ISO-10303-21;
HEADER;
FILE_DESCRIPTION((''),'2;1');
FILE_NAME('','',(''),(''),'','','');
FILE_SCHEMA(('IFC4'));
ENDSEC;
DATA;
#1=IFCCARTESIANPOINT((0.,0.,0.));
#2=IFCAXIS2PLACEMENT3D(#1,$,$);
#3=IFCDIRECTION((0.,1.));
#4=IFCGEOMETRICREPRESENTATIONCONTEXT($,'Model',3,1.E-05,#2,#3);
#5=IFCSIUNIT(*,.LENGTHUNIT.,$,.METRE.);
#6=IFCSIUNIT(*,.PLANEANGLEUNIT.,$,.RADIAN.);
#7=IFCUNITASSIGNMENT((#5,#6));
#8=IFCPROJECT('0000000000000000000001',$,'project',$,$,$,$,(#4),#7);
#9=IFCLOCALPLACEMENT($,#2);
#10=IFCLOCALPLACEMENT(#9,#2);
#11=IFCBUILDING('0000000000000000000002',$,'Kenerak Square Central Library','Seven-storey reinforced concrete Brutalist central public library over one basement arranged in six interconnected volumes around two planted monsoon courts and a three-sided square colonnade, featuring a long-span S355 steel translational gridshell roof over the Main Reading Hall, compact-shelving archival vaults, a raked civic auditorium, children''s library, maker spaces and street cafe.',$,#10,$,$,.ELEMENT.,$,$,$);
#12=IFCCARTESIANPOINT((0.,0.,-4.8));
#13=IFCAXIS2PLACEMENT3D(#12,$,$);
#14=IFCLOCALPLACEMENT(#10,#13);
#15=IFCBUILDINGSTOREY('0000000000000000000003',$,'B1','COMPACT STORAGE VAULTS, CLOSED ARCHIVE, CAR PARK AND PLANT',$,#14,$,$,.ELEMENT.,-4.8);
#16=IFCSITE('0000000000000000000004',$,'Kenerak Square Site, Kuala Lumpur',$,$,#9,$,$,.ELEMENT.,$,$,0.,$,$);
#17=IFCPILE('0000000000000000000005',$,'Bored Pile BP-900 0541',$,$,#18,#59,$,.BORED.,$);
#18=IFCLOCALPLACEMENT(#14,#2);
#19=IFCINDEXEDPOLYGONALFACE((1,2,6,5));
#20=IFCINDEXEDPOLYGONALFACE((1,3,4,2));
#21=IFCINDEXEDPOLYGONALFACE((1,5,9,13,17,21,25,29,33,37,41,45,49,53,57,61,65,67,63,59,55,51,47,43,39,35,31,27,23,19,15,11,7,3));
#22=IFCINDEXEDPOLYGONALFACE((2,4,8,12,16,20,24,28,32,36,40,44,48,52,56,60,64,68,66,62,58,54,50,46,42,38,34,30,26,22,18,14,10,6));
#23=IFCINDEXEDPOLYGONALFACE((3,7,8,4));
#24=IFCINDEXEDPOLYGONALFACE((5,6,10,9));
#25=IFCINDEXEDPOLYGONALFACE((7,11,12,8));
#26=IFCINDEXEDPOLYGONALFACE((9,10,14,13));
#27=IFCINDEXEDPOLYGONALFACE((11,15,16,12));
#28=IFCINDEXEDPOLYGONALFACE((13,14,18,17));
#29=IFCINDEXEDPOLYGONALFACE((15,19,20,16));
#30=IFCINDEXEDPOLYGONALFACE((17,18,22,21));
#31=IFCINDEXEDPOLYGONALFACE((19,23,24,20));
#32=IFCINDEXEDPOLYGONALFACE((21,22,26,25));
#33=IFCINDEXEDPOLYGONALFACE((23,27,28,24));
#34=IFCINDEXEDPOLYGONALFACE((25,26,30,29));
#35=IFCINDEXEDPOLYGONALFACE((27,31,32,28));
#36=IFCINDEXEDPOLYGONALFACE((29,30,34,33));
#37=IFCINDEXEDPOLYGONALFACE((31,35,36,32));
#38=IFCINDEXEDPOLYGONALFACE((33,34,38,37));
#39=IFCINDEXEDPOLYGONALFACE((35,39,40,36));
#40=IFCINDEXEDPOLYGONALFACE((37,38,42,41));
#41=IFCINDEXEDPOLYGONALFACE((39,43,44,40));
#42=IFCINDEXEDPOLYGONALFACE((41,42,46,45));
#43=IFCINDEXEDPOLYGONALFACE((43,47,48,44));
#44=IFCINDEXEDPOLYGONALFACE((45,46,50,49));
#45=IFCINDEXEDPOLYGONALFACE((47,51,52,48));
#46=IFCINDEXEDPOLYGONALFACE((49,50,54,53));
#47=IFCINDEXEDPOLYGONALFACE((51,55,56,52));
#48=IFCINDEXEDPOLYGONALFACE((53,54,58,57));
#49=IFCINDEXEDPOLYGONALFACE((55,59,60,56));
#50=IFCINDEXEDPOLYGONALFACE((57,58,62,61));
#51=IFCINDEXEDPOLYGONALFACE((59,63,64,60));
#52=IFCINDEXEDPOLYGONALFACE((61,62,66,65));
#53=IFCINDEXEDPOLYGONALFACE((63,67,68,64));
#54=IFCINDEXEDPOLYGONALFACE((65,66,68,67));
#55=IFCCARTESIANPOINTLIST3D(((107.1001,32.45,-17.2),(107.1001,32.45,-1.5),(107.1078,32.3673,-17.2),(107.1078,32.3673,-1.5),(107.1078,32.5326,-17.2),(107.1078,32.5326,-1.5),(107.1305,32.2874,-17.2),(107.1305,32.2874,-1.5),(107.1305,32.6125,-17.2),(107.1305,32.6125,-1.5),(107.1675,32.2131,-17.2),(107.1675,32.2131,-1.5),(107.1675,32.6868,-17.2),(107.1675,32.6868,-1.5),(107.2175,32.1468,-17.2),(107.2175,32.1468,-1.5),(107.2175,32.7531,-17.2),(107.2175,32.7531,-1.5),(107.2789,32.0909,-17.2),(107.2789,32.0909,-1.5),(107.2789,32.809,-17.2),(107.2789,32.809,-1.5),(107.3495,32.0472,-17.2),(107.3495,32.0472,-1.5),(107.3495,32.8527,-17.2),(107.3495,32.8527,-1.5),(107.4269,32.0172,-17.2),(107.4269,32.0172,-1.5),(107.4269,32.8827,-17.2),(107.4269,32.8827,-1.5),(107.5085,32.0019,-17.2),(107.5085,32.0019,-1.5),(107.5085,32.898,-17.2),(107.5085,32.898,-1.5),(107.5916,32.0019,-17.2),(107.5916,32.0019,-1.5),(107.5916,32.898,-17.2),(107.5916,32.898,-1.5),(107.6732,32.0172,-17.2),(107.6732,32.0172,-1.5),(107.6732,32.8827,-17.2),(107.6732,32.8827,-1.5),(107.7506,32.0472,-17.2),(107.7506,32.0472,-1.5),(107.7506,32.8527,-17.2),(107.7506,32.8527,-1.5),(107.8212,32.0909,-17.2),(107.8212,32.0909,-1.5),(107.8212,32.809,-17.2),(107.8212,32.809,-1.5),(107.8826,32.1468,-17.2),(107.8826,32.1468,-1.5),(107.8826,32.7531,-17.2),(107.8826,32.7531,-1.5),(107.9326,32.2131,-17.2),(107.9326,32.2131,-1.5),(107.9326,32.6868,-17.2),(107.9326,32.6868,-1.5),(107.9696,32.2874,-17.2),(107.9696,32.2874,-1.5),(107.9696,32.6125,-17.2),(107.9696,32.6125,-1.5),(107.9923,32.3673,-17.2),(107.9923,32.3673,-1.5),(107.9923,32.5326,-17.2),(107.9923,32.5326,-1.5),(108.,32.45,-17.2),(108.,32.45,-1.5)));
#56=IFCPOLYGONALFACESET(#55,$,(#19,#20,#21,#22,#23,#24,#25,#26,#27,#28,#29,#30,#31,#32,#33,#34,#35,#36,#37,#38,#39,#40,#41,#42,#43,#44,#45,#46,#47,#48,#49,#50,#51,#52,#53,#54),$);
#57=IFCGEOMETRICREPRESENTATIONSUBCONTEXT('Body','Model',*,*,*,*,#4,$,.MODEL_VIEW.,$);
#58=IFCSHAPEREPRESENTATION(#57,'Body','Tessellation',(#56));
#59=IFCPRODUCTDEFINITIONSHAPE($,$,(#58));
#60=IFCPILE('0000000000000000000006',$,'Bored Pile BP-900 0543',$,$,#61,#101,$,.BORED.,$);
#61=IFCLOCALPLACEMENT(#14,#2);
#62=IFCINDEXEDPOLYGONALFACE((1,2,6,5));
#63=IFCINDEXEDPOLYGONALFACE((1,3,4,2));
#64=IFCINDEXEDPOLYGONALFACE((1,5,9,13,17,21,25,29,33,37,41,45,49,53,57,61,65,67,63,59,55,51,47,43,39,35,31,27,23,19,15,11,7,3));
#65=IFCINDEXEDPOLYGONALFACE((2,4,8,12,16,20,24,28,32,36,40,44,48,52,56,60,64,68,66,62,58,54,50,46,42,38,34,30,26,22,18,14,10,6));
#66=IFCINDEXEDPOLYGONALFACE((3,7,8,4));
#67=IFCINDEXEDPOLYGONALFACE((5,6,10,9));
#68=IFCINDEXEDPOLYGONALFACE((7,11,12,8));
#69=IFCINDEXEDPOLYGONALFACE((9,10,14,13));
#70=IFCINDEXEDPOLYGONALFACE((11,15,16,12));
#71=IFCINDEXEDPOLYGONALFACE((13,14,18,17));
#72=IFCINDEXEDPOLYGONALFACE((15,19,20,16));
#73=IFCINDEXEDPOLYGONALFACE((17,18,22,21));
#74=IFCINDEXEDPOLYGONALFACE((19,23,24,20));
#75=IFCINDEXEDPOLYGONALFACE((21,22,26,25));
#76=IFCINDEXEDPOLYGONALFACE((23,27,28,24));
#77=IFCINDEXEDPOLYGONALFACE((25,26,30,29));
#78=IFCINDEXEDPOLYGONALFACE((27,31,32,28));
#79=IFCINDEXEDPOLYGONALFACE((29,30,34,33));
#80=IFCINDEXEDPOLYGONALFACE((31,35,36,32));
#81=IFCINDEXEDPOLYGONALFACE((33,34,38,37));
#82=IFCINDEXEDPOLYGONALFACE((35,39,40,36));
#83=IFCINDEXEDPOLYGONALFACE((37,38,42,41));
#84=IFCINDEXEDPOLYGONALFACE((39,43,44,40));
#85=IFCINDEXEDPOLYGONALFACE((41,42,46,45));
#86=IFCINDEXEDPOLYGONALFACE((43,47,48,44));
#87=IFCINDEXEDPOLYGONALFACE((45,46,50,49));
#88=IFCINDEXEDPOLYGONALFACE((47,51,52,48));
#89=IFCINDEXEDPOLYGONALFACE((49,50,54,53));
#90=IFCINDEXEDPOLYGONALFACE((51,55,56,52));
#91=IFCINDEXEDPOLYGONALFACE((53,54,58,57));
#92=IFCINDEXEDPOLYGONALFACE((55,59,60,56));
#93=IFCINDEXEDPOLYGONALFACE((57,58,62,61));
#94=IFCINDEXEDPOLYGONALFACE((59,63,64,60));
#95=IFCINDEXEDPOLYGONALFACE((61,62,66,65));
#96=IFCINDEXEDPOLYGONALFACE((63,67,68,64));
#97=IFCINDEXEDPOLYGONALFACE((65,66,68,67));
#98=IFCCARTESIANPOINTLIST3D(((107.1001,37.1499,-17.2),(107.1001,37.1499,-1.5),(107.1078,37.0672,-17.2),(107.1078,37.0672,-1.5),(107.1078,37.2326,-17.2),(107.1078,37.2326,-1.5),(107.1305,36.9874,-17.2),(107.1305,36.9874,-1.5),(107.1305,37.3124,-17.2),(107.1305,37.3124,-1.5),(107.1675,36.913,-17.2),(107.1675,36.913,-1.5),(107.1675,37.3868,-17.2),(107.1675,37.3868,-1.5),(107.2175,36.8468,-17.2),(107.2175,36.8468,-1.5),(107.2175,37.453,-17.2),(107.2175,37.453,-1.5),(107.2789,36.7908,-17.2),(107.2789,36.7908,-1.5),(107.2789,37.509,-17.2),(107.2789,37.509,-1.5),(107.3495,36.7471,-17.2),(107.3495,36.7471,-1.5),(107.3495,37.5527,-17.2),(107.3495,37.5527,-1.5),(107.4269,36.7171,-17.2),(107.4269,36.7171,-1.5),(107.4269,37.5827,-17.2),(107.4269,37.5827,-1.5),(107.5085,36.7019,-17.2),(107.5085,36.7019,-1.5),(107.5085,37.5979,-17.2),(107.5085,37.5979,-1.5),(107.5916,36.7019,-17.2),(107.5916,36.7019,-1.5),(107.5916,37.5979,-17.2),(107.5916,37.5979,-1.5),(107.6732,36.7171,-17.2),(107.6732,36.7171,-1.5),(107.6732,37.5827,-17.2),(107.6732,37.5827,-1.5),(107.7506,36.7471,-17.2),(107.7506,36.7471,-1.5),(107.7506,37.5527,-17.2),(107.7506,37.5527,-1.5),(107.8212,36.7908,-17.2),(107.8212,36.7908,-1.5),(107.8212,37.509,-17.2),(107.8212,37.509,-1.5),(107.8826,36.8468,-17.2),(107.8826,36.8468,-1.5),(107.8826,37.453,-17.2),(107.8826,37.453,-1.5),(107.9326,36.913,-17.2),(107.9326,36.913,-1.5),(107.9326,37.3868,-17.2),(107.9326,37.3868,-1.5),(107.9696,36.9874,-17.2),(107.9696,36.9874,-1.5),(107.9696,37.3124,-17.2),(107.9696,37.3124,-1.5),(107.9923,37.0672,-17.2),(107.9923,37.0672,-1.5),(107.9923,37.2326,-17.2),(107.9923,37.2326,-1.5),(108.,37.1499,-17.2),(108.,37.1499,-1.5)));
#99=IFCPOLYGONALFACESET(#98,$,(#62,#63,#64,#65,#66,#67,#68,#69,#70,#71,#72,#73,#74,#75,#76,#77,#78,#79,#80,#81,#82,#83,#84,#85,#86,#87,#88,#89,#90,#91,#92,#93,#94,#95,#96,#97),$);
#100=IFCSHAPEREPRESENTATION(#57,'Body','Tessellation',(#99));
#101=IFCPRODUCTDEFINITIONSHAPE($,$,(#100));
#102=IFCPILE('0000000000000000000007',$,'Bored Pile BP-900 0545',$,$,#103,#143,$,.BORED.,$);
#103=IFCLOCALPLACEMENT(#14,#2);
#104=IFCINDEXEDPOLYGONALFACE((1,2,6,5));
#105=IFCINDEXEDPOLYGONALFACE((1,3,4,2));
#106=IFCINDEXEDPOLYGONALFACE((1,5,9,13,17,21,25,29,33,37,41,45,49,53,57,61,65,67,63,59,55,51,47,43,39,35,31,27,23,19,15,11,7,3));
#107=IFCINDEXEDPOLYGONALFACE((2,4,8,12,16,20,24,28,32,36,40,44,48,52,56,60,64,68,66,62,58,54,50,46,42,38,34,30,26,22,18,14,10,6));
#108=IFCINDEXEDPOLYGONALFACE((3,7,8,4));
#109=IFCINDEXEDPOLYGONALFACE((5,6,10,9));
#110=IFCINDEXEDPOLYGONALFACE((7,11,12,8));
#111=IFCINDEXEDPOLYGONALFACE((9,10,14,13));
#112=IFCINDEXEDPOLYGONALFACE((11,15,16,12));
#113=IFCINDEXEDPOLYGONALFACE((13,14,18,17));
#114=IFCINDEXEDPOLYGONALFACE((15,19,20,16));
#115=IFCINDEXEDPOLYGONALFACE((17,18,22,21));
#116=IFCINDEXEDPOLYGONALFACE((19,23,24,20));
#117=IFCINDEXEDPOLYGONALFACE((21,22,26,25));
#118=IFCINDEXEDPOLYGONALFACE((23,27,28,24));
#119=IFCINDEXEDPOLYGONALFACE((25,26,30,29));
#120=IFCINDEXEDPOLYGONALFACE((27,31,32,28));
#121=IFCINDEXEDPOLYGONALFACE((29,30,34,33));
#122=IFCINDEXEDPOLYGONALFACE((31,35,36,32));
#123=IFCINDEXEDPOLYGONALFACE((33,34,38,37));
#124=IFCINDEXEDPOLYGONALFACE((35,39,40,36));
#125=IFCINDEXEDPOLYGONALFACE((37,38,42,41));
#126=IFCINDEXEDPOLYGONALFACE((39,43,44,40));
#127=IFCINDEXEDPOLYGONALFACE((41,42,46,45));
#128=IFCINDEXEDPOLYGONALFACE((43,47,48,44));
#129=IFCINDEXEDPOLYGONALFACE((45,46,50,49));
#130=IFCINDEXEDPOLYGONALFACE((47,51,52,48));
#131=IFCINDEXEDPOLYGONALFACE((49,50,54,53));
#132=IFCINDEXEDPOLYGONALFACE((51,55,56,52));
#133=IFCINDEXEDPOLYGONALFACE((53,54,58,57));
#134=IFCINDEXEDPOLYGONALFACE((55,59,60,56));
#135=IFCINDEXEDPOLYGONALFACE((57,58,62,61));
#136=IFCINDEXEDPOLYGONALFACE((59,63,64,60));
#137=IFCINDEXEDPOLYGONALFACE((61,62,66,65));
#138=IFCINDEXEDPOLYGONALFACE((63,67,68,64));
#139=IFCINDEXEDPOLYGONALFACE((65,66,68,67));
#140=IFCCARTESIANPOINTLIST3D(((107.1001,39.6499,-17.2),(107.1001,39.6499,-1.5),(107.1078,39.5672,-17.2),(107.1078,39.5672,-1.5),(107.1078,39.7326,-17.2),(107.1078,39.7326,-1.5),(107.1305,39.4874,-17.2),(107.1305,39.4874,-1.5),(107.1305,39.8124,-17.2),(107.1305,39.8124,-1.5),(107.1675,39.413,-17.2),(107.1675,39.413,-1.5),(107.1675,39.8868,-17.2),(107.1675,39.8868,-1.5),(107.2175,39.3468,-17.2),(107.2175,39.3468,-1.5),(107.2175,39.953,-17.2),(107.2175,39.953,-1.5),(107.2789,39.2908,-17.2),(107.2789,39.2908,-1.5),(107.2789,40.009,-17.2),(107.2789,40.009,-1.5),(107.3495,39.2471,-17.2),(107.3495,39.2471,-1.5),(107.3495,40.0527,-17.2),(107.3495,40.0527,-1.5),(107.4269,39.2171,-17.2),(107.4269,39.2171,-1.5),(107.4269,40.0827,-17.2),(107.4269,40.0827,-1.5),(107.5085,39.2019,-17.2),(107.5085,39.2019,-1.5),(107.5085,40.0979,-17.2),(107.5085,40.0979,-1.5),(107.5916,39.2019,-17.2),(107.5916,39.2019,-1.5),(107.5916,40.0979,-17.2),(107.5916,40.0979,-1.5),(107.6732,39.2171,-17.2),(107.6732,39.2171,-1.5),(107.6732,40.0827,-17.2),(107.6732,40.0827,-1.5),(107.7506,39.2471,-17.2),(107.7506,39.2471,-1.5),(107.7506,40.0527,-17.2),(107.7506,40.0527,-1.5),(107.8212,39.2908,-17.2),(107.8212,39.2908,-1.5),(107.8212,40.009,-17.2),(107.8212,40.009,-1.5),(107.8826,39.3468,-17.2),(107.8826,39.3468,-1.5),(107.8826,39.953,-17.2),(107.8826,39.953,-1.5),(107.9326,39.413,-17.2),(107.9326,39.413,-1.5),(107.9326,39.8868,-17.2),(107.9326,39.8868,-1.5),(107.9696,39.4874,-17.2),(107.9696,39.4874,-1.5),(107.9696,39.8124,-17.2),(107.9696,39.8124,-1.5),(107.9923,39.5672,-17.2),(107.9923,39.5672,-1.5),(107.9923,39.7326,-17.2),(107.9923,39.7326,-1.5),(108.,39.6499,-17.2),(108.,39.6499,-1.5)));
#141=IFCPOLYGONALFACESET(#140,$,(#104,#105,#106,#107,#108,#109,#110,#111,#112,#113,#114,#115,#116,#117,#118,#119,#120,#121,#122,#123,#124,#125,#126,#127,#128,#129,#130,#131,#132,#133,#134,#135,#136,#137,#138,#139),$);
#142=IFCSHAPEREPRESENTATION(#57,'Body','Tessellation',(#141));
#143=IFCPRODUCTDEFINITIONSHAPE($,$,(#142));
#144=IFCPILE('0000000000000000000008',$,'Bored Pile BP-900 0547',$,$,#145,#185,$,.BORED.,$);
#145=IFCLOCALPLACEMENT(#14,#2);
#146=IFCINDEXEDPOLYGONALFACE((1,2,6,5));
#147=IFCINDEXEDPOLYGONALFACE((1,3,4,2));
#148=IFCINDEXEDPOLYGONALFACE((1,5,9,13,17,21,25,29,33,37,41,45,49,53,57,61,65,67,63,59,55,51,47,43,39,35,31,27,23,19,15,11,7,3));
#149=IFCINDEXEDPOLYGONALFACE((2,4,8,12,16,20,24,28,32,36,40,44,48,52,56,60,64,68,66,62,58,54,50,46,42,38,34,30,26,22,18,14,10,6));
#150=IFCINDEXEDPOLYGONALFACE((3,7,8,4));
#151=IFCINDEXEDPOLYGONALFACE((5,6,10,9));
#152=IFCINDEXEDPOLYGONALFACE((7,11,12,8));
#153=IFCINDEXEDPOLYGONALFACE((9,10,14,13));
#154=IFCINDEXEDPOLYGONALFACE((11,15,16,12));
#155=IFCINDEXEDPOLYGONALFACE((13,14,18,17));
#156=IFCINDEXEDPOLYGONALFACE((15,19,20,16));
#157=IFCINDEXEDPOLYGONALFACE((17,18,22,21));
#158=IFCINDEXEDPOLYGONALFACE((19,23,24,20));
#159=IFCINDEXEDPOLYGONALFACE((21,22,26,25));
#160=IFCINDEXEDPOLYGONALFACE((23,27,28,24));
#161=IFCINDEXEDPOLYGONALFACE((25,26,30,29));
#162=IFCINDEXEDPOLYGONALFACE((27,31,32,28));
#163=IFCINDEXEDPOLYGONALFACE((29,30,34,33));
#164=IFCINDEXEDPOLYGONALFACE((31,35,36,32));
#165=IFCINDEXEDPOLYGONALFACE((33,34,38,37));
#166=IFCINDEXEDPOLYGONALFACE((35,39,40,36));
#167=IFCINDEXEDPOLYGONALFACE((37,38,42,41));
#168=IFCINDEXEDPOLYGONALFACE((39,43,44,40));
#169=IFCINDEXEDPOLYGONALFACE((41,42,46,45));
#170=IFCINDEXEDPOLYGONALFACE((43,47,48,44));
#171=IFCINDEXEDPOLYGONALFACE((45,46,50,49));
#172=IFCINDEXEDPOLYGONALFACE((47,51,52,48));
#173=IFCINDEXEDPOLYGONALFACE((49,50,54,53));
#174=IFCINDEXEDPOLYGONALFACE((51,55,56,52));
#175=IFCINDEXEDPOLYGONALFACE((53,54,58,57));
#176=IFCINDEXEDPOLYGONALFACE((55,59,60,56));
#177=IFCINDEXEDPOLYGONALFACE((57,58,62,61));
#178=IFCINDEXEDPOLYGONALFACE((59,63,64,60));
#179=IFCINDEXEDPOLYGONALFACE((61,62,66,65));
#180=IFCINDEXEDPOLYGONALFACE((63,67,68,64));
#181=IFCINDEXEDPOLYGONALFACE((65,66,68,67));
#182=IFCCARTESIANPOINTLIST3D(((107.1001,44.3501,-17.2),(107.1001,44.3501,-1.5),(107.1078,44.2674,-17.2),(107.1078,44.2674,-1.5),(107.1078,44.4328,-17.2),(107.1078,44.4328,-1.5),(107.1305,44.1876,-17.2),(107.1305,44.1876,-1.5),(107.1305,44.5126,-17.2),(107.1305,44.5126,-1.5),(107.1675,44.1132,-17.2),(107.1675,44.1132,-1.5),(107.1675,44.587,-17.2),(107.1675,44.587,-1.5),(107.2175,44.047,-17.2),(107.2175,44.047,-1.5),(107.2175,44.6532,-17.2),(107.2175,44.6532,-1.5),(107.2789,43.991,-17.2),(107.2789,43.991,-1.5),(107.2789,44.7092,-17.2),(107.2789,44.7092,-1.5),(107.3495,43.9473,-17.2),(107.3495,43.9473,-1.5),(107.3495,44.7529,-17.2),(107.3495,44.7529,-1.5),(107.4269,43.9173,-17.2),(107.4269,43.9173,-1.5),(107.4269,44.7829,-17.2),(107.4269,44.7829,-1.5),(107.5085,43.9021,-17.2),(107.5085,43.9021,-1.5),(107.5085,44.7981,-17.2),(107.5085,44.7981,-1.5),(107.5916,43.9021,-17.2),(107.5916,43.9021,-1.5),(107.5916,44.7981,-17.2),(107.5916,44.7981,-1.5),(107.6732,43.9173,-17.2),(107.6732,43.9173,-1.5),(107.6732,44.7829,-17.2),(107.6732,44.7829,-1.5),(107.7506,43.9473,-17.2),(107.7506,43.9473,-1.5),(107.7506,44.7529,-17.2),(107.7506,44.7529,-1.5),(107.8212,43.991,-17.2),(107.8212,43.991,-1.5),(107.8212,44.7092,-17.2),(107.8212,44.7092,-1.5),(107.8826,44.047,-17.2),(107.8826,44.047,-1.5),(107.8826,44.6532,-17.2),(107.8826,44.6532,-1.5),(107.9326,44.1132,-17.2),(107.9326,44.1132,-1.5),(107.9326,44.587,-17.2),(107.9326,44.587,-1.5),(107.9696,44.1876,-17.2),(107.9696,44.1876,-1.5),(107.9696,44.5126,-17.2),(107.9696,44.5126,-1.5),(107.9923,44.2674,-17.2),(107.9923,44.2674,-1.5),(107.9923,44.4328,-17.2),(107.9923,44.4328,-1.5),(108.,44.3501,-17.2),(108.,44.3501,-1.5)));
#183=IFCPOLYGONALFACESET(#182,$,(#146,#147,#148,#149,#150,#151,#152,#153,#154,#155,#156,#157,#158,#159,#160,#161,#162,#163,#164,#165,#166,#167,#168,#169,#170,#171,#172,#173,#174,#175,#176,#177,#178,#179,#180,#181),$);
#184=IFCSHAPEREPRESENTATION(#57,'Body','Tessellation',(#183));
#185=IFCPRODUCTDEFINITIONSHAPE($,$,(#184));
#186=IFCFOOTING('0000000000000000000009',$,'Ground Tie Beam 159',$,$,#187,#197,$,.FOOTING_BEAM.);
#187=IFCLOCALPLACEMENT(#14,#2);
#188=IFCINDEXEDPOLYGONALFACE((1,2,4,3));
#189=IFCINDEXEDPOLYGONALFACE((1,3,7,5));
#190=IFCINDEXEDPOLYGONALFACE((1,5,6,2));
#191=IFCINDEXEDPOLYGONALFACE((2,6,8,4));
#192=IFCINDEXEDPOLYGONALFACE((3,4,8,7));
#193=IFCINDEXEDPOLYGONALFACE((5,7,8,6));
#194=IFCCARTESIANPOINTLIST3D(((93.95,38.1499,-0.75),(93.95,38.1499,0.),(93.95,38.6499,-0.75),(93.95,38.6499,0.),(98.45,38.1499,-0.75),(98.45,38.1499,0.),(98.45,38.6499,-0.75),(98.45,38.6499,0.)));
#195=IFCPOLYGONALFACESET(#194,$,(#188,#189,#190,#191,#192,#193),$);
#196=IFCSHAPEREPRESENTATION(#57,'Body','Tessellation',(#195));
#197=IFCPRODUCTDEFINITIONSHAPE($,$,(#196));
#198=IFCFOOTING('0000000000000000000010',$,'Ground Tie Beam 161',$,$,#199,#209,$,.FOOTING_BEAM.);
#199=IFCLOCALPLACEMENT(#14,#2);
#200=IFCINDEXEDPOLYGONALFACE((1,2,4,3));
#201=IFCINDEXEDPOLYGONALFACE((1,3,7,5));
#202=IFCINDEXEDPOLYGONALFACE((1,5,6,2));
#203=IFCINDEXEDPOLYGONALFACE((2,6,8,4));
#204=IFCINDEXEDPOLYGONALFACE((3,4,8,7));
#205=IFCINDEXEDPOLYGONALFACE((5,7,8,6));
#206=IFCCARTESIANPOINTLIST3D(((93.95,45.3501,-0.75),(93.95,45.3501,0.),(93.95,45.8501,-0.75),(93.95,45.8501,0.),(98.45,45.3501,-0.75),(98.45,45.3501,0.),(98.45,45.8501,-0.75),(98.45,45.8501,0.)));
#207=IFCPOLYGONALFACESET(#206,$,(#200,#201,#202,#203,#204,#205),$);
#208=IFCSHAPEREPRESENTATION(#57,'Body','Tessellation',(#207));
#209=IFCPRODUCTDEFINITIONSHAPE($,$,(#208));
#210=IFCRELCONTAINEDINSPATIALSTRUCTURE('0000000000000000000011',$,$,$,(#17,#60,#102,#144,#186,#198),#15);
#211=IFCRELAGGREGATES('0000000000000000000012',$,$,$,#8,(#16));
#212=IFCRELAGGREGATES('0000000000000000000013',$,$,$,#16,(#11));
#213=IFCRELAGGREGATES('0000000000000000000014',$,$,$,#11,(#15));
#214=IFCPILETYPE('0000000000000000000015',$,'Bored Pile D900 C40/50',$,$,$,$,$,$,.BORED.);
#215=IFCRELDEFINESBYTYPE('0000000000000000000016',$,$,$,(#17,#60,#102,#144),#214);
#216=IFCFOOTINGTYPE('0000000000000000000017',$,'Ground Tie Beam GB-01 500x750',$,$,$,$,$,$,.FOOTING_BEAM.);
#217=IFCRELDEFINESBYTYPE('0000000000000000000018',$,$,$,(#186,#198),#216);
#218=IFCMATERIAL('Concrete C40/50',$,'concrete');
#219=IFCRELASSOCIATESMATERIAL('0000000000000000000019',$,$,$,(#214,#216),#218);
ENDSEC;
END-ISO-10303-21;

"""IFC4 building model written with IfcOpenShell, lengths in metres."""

from ifc_helpers import new_model, si_unit, direction, frame, origin, origin_2d, place, context, subcontext, project, spatial, rectangle, circle, extrude, material, material_profile, profile_set, type_object, element, save


model = new_model("IFC4")

# Units and contexts
model_context = context("Model", 3, precision=1e-05, world=origin(), true_north=direction((0.0, 1.0)))
body_context = subcontext(model_context, "Body", "Model", "MODEL_VIEW")
ifc_project = project(units=[si_unit("LENGTHUNIT", "METRE"), si_unit("PLANEANGLEUNIT", "RADIAN")], contexts=[model_context])

# Site, building, storey
site_placement = place(None, origin())
site = spatial("IfcSite", under=ifc_project, at=site_placement, Name="Kenerak Square Site, Kuala Lumpur", CompositionType="ELEMENT", RefElevation=0.0)
building_placement = place(site_placement, origin())
building = spatial("IfcBuilding", under=site, at=building_placement, Name="Kenerak Square Central Library", Description="Seven-storey reinforced concrete Brutalist central public library over one basement arranged in six interconnected volumes around two planted monsoon courts and a three-sided square colonnade, featuring a long-span S355 steel translational gridshell roof over the Main Reading Hall, compact-shelving archival vaults, a raked civic auditorium, children's library, maker spaces and street cafe.", CompositionType="ELEMENT")
storey_placement = place(building_placement, frame((0.0, 0.0, -4.8)))
storey = spatial("IfcBuildingStorey", under=building, at=storey_placement, Name="B1", Description="COMPACT STORAGE VAULTS, CLOSED ARCHIVE, CAR PARK AND PLANT", CompositionType="ELEMENT", Elevation=-4.8)

# Piles
ifc_material_1 = material(Name="Concrete C40/50", Category="concrete")
ifc_material_profile_1 = material_profile(ifc_material_1, circle(Radius=0.45, at=origin_2d()), Name="BP D900")
ifc_profile_set_1 = profile_set([ifc_material_profile_1], Name="Concrete C40/50")
pile_type = type_object("IfcPileType", Name="Bored Pile D900 C40/50", PredefinedType="BORED", material=ifc_profile_set_1)
for number, where, z_axis, x_axis, name in (
    (1, (107.55, 32.45, -1.5), (0.0, 0.0, -1.0), (1.0, 0.0, 0.0), "Bored Pile BP-900 0541"),
    (2, (107.55, 37.1499, -1.5), (0.0, 0.0, -1.0), (1.0, 0.0, 0.0), "Bored Pile BP-900 0543"),
    (3, (107.55, 39.6499, -1.5), (0.0, 0.0, -1.0), (1.0, 0.0, 0.0), "Bored Pile BP-900 0545"),
    (4, (107.55, 44.3501, -1.5), (0.0, 0.0, -1.0), (1.0, 0.0, 0.0), "Bored Pile BP-900 0547"),
):
    element("IfcPile", number, at=place(storey_placement, frame(where, z_axis=z_axis, x_axis=x_axis)), inside=storey, type_object=pile_type, Name=name, PredefinedType="BORED", context=body_context, shape_type="SweptSolid", body=[
        extrude(circle(Radius=0.45, at=origin_2d()), origin(), (0.0, 0.0, 1.0), 15.7),
    ])

# Footings
footing_type_1 = type_object("IfcFootingType", Name="Ground Tie Beam GB-01 500x750", PredefinedType="FOOTING_BEAM", material=ifc_material_1)
for number, where, z_axis, x_axis, name in (
    (5, (96.2, 38.3999, -0.75), (0.0, 0.0, 1.0), (1.0, 0.0, 0.0), "Ground Tie Beam 159"),
    (6, (96.2, 45.6001, -0.75), (0.0, 0.0, 1.0), (1.0, 0.0, 0.0), "Ground Tie Beam 161"),
):
    element("IfcFooting", number, at=place(storey_placement, frame(where, z_axis=z_axis, x_axis=x_axis)), inside=storey, type_object=footing_type_1, Name=name, PredefinedType="FOOTING_BEAM", context=body_context, shape_type="SweptSolid", body=[
        extrude(rectangle(XDim=4.5, YDim=0.5, at=origin_2d()), origin(), (0.0, 0.0, 1.0), 0.75),
    ])

save(model, "model.ifc")
